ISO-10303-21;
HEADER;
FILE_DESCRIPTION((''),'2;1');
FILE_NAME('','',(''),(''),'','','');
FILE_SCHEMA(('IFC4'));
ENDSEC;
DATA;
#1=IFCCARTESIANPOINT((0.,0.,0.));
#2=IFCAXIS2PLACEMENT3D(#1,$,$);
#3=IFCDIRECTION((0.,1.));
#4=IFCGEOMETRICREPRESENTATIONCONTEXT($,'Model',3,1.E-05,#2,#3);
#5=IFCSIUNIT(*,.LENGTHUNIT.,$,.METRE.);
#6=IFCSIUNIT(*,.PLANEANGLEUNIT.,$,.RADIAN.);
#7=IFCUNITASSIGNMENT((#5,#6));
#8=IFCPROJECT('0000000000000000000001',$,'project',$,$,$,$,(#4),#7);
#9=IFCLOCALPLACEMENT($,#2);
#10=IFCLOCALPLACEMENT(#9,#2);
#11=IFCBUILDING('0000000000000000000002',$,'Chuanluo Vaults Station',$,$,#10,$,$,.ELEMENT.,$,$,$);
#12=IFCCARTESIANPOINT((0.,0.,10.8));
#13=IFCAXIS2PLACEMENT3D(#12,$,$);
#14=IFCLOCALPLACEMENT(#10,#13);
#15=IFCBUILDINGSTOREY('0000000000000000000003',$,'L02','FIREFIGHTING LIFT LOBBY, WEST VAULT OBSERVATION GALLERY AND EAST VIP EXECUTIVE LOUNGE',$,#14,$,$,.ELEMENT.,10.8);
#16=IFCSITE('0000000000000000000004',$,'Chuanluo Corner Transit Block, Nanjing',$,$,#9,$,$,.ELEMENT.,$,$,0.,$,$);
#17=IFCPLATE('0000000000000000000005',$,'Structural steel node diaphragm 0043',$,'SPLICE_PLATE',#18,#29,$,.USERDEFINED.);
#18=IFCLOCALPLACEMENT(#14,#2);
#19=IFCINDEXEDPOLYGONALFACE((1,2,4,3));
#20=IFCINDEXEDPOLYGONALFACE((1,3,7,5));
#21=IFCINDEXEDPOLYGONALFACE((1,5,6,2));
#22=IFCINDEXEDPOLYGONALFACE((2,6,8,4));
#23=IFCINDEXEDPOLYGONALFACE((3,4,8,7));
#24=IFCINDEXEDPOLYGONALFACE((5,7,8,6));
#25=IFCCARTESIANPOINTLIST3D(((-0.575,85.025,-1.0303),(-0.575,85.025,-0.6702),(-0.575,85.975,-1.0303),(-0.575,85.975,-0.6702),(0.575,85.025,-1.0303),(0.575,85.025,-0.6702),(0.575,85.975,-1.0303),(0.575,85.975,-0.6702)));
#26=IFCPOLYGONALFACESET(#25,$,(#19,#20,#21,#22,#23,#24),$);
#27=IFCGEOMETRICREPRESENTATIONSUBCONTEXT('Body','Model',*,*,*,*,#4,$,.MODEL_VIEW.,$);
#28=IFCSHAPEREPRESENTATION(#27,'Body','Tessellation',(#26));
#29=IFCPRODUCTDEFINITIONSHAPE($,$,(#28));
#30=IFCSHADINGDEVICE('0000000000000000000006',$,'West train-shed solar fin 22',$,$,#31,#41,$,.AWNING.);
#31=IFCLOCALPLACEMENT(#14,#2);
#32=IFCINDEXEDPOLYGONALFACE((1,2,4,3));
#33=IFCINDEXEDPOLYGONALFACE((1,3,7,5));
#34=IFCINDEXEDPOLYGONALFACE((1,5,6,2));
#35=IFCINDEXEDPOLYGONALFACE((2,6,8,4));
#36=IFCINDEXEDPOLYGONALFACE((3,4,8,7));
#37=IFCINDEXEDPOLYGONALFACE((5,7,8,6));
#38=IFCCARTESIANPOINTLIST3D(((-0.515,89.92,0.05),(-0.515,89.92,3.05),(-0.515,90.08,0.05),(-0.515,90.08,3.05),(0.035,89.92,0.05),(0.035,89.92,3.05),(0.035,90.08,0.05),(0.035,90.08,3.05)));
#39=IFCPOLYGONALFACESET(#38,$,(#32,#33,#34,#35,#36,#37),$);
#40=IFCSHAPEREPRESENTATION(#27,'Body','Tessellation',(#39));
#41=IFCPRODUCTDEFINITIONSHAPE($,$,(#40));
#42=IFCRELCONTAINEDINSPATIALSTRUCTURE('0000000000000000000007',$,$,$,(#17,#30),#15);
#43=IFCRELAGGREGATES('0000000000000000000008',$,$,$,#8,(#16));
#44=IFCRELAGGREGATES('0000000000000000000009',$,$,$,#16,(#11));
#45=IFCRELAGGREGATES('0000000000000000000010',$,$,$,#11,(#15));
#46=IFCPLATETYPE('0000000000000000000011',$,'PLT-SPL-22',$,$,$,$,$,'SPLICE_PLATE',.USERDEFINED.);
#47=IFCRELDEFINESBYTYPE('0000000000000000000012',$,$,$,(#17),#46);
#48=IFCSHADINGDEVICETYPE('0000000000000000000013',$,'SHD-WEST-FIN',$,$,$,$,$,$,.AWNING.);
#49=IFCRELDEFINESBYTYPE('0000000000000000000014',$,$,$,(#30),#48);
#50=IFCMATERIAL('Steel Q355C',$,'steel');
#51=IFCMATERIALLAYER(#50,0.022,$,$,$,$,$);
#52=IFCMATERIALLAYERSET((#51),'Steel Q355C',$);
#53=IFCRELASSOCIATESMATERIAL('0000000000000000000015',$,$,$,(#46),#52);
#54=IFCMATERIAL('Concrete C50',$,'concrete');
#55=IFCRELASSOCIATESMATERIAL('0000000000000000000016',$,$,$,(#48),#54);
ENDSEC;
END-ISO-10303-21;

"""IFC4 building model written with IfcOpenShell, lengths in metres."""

from ifc_helpers import new_model, si_unit, direction, frame, origin, origin_2d, place, context, subcontext, project, spatial, rectangle, extrude, material, layer, layer_set, type_object, element, save


model = new_model("IFC4")

# Units and contexts
model_context = context("Model", 3, precision=1e-05, world=origin(), true_north=direction((0.0, 1.0)))
body_context = subcontext(model_context, "Body", "Model", "MODEL_VIEW")
ifc_project = project(units=[si_unit("LENGTHUNIT", "METRE"), si_unit("PLANEANGLEUNIT", "RADIAN")], contexts=[model_context])

# Site, building, storey
site_placement = place(None, origin())
site = spatial("IfcSite", under=ifc_project, at=site_placement, Name="Chuanluo Corner Transit Block, Nanjing", CompositionType="ELEMENT", RefElevation=0.0)
building_placement = place(site_placement, origin())
building = spatial("IfcBuilding", under=site, at=building_placement, Name="Chuanluo Vaults Station", CompositionType="ELEMENT")
storey_placement = place(building_placement, frame((0.0, 0.0, 10.8)))
storey = spatial("IfcBuildingStorey", under=building, at=storey_placement, Name="L02", Description="FIREFIGHTING LIFT LOBBY, WEST VAULT OBSERVATION GALLERY AND EAST VIP EXECUTIVE LOUNGE", CompositionType="ELEMENT", Elevation=10.8)

# Plate
ifc_material_1 = material(Name="Steel Q355C", Category="steel")
ifc_layer_1 = layer(ifc_material_1, 0.022)
ifc_layer_set_1 = layer_set([ifc_layer_1], Name="Steel Q355C")
plate_type_1 = type_object("IfcPlateType", Name="PLT-SPL-22", ElementType="SPLICE_PLATE", PredefinedType="USERDEFINED", material=ifc_layer_set_1)
plate_1_placement = place(storey_placement, frame((0.0, 85.5, -1.0303), z_axis=(0.0, 0.0, 1.0), x_axis=(1.0, 0.0, 0.0)))
element("IfcPlate", 1, at=plate_1_placement, inside=storey, type_object=plate_type_1, Name="Structural steel node diaphragm 0043", ObjectType="SPLICE_PLATE", PredefinedType="USERDEFINED", context=body_context, shape_type="SweptSolid", body=[
    extrude(rectangle(XDim=1.1499, YDim=0.95, at=origin_2d()), origin(), (0.0, 0.0, 1.0), 0.3601),
])

# Shading device
ifc_material_2 = material(Name="Concrete C50", Category="concrete")
shading_device_type = type_object("IfcShadingDeviceType", Name="SHD-WEST-FIN", PredefinedType="AWNING", material=ifc_material_2)
shading_device_placement = place(storey_placement, frame((-0.24, 90.0, 0.05), z_axis=(0.0, 0.0, 1.0), x_axis=(1.0, 0.0, 0.0)))
element("IfcShadingDevice", 2, at=shading_device_placement, inside=storey, type_object=shading_device_type, Name="West train-shed solar fin 22", PredefinedType="AWNING", context=body_context, shape_type="SweptSolid", body=[
    extrude(rectangle(XDim=0.55, YDim=0.1599, at=origin_2d()), origin(), (0.0, 0.0, 1.0), 3.0),
])

save(model, "model.ifc")
